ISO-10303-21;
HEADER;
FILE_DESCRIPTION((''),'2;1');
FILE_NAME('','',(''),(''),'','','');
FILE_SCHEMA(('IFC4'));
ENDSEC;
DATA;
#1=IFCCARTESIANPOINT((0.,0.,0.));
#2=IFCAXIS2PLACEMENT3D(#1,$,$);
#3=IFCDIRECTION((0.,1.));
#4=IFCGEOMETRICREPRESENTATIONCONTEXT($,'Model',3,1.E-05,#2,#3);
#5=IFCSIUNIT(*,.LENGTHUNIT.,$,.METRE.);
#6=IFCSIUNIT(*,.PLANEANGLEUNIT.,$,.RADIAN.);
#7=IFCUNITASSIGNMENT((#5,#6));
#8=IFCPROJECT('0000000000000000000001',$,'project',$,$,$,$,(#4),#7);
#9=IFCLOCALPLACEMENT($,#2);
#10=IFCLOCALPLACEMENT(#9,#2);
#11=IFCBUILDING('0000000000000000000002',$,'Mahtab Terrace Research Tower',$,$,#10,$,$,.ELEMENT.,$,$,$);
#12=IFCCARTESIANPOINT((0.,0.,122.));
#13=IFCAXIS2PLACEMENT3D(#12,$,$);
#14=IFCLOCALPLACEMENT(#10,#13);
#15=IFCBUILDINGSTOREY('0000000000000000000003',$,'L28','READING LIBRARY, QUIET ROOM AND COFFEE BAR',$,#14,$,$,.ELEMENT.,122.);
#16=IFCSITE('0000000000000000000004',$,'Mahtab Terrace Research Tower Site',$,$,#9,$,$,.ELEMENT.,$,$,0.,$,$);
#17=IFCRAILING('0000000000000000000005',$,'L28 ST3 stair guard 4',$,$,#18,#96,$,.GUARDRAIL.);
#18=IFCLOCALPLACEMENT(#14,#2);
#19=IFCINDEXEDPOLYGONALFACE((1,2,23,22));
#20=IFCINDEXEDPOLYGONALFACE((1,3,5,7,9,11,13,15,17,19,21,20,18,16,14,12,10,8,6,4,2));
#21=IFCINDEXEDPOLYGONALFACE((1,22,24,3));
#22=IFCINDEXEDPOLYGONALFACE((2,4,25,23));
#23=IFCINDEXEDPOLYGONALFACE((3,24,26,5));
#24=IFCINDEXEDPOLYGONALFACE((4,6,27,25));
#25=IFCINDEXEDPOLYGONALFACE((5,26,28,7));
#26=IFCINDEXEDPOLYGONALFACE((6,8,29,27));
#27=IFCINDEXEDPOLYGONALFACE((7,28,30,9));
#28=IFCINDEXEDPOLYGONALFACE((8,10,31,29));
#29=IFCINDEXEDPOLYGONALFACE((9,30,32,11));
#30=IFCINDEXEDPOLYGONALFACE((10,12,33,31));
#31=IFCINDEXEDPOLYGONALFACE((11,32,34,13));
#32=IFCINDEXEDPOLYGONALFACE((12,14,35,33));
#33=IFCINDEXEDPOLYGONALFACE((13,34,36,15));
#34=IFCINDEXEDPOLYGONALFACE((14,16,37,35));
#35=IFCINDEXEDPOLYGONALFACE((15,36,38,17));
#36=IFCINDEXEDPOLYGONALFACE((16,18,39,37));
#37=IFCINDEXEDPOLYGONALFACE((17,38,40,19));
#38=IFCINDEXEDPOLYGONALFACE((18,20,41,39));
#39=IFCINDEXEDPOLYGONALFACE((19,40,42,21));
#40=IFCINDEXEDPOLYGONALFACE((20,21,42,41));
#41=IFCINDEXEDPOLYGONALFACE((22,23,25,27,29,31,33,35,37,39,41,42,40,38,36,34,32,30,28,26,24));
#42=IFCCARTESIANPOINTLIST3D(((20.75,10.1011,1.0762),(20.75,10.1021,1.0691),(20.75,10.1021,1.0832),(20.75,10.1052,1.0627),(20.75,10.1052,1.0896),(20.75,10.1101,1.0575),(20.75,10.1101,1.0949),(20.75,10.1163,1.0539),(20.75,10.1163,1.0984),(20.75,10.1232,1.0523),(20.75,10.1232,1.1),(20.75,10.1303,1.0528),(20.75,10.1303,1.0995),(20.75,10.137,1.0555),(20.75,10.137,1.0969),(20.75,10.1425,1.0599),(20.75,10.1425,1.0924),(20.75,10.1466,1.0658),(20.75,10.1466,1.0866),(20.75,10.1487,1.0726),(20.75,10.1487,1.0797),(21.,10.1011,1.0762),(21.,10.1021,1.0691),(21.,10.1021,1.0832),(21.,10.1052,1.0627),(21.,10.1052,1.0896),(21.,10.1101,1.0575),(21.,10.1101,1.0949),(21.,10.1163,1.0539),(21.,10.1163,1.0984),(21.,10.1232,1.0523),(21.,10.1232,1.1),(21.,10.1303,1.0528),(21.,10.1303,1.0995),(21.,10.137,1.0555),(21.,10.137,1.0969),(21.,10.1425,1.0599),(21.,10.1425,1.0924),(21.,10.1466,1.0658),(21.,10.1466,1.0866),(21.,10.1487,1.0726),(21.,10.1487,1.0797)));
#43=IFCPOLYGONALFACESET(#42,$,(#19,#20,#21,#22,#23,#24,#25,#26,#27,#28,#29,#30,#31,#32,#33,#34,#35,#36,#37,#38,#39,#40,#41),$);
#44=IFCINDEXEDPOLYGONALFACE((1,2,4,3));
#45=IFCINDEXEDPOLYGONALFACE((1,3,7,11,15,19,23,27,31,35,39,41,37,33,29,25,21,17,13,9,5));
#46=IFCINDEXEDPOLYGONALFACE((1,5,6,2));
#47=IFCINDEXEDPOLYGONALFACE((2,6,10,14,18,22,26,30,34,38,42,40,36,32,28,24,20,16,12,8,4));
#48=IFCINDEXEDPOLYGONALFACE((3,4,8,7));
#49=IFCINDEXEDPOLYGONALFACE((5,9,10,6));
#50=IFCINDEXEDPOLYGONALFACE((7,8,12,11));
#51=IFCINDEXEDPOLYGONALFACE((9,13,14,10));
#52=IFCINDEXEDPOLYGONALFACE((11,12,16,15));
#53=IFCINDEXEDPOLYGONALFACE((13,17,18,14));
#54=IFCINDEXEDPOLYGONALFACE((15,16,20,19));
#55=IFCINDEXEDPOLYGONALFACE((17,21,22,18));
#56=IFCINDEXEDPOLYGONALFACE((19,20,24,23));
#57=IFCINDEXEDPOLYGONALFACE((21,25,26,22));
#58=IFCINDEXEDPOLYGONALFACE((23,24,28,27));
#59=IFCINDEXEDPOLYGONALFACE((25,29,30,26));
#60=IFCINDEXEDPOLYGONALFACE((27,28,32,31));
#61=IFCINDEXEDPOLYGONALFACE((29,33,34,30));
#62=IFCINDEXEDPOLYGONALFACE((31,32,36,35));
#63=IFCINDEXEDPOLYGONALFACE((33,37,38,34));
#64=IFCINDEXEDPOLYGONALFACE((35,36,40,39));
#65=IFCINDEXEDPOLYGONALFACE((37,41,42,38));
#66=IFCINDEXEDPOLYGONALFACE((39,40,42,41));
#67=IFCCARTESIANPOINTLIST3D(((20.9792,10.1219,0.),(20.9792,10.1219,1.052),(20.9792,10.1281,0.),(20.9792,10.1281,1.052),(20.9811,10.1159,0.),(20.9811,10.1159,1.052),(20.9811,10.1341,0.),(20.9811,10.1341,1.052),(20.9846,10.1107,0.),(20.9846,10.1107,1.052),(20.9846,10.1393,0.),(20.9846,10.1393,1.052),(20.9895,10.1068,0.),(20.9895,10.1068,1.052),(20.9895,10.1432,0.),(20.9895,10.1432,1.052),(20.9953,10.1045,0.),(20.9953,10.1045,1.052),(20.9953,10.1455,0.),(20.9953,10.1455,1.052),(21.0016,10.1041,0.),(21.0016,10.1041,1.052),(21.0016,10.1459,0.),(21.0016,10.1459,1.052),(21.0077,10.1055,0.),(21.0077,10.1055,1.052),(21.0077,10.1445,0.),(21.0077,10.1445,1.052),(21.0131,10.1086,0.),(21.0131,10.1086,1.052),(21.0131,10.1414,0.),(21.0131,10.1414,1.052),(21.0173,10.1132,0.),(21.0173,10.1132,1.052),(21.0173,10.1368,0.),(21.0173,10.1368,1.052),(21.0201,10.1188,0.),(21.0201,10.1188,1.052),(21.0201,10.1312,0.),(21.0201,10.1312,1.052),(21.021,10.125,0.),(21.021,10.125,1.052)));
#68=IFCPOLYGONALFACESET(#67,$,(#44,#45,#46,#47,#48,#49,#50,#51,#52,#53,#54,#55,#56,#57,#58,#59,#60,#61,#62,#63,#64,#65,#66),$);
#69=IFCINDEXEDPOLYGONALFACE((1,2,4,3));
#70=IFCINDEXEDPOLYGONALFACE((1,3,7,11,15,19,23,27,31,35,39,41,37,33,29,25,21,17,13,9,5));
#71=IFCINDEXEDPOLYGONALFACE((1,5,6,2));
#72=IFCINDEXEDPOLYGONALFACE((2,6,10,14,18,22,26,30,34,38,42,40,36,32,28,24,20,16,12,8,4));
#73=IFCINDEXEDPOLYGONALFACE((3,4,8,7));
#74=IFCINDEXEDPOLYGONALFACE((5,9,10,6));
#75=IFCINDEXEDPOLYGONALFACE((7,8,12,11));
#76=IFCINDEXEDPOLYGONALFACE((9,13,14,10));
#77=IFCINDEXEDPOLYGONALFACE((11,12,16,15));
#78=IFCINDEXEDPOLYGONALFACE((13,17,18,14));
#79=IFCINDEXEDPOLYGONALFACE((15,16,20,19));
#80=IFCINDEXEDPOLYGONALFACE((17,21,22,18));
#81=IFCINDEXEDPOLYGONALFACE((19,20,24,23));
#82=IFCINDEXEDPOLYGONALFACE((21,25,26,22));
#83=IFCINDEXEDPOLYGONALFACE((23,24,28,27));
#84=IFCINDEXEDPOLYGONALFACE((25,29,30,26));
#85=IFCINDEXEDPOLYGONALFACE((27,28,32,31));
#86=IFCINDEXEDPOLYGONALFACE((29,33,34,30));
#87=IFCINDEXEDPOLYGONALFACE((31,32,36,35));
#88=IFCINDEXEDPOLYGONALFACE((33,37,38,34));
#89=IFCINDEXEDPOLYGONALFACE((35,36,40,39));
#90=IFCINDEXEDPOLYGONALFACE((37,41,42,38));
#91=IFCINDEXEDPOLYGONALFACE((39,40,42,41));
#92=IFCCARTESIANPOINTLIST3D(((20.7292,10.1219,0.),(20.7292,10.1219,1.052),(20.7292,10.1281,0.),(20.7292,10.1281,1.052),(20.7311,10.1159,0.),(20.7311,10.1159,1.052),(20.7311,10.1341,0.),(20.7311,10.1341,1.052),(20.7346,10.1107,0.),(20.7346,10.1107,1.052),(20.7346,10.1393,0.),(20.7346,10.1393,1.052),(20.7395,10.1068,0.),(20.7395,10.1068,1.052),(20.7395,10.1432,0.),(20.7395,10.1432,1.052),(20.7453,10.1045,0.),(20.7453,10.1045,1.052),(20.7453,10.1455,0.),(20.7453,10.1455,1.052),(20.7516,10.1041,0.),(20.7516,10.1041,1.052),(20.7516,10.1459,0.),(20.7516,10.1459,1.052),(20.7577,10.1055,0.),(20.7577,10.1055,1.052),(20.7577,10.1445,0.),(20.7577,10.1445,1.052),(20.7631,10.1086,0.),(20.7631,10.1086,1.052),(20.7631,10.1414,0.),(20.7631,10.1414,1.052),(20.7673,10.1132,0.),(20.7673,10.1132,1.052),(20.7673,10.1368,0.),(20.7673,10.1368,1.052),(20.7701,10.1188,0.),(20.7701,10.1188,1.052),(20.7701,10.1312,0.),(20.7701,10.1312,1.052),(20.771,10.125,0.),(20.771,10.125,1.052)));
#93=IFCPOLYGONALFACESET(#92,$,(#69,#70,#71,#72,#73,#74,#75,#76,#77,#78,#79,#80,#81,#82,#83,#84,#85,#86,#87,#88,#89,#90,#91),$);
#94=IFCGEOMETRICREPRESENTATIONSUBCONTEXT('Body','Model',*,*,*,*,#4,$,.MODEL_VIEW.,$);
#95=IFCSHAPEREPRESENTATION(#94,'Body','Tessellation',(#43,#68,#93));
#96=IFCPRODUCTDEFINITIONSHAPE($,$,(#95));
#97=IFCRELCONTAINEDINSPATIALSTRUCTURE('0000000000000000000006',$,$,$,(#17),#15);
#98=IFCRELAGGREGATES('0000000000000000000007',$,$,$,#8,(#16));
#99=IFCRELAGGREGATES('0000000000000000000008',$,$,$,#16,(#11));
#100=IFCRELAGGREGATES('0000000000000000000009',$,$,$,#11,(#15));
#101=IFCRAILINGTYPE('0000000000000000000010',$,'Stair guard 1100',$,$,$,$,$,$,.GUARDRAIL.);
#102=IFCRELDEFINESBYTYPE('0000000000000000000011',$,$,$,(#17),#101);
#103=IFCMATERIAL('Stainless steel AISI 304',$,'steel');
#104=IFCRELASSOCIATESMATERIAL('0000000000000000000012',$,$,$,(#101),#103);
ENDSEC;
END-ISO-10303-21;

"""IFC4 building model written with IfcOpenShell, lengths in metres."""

from ifc_helpers import new_model, si_unit, direction, frame, origin, origin_2d, place, context, subcontext, project, spatial, circle, extrude, material, type_object, element, save


model = new_model("IFC4")

# Units and contexts
model_context = context("Model", 3, precision=1e-05, world=origin(), true_north=direction((0.0, 1.0)))
body_context = subcontext(model_context, "Body", "Model", "MODEL_VIEW")
ifc_project = project(units=[si_unit("LENGTHUNIT", "METRE"), si_unit("PLANEANGLEUNIT", "RADIAN")], contexts=[model_context])

# Site, building, storey
site_placement = place(None, origin())
site = spatial("IfcSite", under=ifc_project, at=site_placement, Name="Mahtab Terrace Research Tower Site", CompositionType="ELEMENT", RefElevation=0.0)
building_placement = place(site_placement, origin())
building = spatial("IfcBuilding", under=site, at=building_placement, Name="Mahtab Terrace Research Tower", CompositionType="ELEMENT")
storey_placement = place(building_placement, frame((0.0, 0.0, 122.0)))
storey = spatial("IfcBuildingStorey", under=building, at=storey_placement, Name="L28", Description="READING LIBRARY, QUIET ROOM AND COFFEE BAR", CompositionType="ELEMENT", Elevation=122.0)

# Railing
ifc_material_1 = material(Name="Stainless steel AISI 304", Category="steel")
railing_type_1 = type_object("IfcRailingType", Name="Stair guard 1100", PredefinedType="GUARDRAIL", material=ifc_material_1)
railing_1_placement = place(storey_placement, frame((21.0, 10.125, 0.0)))
element("IfcRailing", 1, at=railing_1_placement, inside=storey, type_object=railing_type_1, Name="L28 ST3 stair guard 4", PredefinedType="GUARDRAIL", context=body_context, shape_type="SweptSolid", body=[
    extrude(circle(Radius=0.0239, at=origin_2d()), frame((0.0, 0.0, 1.0762), z_axis=(-1.0, 0.0, 0.0), x_axis=(0.0, -1.0, 0.0)), (0.0, 0.0, 1.0), 0.25),
    extrude(circle(Radius=0.021, at=origin_2d()), origin(), (0.0, 0.0, 1.0), 1.052),
    extrude(circle(Radius=0.021, at=origin_2d()), frame((-0.25, 0.0, 0.0)), (0.0, 0.0, 1.0), 1.052),
])

save(model, "model.ifc")
